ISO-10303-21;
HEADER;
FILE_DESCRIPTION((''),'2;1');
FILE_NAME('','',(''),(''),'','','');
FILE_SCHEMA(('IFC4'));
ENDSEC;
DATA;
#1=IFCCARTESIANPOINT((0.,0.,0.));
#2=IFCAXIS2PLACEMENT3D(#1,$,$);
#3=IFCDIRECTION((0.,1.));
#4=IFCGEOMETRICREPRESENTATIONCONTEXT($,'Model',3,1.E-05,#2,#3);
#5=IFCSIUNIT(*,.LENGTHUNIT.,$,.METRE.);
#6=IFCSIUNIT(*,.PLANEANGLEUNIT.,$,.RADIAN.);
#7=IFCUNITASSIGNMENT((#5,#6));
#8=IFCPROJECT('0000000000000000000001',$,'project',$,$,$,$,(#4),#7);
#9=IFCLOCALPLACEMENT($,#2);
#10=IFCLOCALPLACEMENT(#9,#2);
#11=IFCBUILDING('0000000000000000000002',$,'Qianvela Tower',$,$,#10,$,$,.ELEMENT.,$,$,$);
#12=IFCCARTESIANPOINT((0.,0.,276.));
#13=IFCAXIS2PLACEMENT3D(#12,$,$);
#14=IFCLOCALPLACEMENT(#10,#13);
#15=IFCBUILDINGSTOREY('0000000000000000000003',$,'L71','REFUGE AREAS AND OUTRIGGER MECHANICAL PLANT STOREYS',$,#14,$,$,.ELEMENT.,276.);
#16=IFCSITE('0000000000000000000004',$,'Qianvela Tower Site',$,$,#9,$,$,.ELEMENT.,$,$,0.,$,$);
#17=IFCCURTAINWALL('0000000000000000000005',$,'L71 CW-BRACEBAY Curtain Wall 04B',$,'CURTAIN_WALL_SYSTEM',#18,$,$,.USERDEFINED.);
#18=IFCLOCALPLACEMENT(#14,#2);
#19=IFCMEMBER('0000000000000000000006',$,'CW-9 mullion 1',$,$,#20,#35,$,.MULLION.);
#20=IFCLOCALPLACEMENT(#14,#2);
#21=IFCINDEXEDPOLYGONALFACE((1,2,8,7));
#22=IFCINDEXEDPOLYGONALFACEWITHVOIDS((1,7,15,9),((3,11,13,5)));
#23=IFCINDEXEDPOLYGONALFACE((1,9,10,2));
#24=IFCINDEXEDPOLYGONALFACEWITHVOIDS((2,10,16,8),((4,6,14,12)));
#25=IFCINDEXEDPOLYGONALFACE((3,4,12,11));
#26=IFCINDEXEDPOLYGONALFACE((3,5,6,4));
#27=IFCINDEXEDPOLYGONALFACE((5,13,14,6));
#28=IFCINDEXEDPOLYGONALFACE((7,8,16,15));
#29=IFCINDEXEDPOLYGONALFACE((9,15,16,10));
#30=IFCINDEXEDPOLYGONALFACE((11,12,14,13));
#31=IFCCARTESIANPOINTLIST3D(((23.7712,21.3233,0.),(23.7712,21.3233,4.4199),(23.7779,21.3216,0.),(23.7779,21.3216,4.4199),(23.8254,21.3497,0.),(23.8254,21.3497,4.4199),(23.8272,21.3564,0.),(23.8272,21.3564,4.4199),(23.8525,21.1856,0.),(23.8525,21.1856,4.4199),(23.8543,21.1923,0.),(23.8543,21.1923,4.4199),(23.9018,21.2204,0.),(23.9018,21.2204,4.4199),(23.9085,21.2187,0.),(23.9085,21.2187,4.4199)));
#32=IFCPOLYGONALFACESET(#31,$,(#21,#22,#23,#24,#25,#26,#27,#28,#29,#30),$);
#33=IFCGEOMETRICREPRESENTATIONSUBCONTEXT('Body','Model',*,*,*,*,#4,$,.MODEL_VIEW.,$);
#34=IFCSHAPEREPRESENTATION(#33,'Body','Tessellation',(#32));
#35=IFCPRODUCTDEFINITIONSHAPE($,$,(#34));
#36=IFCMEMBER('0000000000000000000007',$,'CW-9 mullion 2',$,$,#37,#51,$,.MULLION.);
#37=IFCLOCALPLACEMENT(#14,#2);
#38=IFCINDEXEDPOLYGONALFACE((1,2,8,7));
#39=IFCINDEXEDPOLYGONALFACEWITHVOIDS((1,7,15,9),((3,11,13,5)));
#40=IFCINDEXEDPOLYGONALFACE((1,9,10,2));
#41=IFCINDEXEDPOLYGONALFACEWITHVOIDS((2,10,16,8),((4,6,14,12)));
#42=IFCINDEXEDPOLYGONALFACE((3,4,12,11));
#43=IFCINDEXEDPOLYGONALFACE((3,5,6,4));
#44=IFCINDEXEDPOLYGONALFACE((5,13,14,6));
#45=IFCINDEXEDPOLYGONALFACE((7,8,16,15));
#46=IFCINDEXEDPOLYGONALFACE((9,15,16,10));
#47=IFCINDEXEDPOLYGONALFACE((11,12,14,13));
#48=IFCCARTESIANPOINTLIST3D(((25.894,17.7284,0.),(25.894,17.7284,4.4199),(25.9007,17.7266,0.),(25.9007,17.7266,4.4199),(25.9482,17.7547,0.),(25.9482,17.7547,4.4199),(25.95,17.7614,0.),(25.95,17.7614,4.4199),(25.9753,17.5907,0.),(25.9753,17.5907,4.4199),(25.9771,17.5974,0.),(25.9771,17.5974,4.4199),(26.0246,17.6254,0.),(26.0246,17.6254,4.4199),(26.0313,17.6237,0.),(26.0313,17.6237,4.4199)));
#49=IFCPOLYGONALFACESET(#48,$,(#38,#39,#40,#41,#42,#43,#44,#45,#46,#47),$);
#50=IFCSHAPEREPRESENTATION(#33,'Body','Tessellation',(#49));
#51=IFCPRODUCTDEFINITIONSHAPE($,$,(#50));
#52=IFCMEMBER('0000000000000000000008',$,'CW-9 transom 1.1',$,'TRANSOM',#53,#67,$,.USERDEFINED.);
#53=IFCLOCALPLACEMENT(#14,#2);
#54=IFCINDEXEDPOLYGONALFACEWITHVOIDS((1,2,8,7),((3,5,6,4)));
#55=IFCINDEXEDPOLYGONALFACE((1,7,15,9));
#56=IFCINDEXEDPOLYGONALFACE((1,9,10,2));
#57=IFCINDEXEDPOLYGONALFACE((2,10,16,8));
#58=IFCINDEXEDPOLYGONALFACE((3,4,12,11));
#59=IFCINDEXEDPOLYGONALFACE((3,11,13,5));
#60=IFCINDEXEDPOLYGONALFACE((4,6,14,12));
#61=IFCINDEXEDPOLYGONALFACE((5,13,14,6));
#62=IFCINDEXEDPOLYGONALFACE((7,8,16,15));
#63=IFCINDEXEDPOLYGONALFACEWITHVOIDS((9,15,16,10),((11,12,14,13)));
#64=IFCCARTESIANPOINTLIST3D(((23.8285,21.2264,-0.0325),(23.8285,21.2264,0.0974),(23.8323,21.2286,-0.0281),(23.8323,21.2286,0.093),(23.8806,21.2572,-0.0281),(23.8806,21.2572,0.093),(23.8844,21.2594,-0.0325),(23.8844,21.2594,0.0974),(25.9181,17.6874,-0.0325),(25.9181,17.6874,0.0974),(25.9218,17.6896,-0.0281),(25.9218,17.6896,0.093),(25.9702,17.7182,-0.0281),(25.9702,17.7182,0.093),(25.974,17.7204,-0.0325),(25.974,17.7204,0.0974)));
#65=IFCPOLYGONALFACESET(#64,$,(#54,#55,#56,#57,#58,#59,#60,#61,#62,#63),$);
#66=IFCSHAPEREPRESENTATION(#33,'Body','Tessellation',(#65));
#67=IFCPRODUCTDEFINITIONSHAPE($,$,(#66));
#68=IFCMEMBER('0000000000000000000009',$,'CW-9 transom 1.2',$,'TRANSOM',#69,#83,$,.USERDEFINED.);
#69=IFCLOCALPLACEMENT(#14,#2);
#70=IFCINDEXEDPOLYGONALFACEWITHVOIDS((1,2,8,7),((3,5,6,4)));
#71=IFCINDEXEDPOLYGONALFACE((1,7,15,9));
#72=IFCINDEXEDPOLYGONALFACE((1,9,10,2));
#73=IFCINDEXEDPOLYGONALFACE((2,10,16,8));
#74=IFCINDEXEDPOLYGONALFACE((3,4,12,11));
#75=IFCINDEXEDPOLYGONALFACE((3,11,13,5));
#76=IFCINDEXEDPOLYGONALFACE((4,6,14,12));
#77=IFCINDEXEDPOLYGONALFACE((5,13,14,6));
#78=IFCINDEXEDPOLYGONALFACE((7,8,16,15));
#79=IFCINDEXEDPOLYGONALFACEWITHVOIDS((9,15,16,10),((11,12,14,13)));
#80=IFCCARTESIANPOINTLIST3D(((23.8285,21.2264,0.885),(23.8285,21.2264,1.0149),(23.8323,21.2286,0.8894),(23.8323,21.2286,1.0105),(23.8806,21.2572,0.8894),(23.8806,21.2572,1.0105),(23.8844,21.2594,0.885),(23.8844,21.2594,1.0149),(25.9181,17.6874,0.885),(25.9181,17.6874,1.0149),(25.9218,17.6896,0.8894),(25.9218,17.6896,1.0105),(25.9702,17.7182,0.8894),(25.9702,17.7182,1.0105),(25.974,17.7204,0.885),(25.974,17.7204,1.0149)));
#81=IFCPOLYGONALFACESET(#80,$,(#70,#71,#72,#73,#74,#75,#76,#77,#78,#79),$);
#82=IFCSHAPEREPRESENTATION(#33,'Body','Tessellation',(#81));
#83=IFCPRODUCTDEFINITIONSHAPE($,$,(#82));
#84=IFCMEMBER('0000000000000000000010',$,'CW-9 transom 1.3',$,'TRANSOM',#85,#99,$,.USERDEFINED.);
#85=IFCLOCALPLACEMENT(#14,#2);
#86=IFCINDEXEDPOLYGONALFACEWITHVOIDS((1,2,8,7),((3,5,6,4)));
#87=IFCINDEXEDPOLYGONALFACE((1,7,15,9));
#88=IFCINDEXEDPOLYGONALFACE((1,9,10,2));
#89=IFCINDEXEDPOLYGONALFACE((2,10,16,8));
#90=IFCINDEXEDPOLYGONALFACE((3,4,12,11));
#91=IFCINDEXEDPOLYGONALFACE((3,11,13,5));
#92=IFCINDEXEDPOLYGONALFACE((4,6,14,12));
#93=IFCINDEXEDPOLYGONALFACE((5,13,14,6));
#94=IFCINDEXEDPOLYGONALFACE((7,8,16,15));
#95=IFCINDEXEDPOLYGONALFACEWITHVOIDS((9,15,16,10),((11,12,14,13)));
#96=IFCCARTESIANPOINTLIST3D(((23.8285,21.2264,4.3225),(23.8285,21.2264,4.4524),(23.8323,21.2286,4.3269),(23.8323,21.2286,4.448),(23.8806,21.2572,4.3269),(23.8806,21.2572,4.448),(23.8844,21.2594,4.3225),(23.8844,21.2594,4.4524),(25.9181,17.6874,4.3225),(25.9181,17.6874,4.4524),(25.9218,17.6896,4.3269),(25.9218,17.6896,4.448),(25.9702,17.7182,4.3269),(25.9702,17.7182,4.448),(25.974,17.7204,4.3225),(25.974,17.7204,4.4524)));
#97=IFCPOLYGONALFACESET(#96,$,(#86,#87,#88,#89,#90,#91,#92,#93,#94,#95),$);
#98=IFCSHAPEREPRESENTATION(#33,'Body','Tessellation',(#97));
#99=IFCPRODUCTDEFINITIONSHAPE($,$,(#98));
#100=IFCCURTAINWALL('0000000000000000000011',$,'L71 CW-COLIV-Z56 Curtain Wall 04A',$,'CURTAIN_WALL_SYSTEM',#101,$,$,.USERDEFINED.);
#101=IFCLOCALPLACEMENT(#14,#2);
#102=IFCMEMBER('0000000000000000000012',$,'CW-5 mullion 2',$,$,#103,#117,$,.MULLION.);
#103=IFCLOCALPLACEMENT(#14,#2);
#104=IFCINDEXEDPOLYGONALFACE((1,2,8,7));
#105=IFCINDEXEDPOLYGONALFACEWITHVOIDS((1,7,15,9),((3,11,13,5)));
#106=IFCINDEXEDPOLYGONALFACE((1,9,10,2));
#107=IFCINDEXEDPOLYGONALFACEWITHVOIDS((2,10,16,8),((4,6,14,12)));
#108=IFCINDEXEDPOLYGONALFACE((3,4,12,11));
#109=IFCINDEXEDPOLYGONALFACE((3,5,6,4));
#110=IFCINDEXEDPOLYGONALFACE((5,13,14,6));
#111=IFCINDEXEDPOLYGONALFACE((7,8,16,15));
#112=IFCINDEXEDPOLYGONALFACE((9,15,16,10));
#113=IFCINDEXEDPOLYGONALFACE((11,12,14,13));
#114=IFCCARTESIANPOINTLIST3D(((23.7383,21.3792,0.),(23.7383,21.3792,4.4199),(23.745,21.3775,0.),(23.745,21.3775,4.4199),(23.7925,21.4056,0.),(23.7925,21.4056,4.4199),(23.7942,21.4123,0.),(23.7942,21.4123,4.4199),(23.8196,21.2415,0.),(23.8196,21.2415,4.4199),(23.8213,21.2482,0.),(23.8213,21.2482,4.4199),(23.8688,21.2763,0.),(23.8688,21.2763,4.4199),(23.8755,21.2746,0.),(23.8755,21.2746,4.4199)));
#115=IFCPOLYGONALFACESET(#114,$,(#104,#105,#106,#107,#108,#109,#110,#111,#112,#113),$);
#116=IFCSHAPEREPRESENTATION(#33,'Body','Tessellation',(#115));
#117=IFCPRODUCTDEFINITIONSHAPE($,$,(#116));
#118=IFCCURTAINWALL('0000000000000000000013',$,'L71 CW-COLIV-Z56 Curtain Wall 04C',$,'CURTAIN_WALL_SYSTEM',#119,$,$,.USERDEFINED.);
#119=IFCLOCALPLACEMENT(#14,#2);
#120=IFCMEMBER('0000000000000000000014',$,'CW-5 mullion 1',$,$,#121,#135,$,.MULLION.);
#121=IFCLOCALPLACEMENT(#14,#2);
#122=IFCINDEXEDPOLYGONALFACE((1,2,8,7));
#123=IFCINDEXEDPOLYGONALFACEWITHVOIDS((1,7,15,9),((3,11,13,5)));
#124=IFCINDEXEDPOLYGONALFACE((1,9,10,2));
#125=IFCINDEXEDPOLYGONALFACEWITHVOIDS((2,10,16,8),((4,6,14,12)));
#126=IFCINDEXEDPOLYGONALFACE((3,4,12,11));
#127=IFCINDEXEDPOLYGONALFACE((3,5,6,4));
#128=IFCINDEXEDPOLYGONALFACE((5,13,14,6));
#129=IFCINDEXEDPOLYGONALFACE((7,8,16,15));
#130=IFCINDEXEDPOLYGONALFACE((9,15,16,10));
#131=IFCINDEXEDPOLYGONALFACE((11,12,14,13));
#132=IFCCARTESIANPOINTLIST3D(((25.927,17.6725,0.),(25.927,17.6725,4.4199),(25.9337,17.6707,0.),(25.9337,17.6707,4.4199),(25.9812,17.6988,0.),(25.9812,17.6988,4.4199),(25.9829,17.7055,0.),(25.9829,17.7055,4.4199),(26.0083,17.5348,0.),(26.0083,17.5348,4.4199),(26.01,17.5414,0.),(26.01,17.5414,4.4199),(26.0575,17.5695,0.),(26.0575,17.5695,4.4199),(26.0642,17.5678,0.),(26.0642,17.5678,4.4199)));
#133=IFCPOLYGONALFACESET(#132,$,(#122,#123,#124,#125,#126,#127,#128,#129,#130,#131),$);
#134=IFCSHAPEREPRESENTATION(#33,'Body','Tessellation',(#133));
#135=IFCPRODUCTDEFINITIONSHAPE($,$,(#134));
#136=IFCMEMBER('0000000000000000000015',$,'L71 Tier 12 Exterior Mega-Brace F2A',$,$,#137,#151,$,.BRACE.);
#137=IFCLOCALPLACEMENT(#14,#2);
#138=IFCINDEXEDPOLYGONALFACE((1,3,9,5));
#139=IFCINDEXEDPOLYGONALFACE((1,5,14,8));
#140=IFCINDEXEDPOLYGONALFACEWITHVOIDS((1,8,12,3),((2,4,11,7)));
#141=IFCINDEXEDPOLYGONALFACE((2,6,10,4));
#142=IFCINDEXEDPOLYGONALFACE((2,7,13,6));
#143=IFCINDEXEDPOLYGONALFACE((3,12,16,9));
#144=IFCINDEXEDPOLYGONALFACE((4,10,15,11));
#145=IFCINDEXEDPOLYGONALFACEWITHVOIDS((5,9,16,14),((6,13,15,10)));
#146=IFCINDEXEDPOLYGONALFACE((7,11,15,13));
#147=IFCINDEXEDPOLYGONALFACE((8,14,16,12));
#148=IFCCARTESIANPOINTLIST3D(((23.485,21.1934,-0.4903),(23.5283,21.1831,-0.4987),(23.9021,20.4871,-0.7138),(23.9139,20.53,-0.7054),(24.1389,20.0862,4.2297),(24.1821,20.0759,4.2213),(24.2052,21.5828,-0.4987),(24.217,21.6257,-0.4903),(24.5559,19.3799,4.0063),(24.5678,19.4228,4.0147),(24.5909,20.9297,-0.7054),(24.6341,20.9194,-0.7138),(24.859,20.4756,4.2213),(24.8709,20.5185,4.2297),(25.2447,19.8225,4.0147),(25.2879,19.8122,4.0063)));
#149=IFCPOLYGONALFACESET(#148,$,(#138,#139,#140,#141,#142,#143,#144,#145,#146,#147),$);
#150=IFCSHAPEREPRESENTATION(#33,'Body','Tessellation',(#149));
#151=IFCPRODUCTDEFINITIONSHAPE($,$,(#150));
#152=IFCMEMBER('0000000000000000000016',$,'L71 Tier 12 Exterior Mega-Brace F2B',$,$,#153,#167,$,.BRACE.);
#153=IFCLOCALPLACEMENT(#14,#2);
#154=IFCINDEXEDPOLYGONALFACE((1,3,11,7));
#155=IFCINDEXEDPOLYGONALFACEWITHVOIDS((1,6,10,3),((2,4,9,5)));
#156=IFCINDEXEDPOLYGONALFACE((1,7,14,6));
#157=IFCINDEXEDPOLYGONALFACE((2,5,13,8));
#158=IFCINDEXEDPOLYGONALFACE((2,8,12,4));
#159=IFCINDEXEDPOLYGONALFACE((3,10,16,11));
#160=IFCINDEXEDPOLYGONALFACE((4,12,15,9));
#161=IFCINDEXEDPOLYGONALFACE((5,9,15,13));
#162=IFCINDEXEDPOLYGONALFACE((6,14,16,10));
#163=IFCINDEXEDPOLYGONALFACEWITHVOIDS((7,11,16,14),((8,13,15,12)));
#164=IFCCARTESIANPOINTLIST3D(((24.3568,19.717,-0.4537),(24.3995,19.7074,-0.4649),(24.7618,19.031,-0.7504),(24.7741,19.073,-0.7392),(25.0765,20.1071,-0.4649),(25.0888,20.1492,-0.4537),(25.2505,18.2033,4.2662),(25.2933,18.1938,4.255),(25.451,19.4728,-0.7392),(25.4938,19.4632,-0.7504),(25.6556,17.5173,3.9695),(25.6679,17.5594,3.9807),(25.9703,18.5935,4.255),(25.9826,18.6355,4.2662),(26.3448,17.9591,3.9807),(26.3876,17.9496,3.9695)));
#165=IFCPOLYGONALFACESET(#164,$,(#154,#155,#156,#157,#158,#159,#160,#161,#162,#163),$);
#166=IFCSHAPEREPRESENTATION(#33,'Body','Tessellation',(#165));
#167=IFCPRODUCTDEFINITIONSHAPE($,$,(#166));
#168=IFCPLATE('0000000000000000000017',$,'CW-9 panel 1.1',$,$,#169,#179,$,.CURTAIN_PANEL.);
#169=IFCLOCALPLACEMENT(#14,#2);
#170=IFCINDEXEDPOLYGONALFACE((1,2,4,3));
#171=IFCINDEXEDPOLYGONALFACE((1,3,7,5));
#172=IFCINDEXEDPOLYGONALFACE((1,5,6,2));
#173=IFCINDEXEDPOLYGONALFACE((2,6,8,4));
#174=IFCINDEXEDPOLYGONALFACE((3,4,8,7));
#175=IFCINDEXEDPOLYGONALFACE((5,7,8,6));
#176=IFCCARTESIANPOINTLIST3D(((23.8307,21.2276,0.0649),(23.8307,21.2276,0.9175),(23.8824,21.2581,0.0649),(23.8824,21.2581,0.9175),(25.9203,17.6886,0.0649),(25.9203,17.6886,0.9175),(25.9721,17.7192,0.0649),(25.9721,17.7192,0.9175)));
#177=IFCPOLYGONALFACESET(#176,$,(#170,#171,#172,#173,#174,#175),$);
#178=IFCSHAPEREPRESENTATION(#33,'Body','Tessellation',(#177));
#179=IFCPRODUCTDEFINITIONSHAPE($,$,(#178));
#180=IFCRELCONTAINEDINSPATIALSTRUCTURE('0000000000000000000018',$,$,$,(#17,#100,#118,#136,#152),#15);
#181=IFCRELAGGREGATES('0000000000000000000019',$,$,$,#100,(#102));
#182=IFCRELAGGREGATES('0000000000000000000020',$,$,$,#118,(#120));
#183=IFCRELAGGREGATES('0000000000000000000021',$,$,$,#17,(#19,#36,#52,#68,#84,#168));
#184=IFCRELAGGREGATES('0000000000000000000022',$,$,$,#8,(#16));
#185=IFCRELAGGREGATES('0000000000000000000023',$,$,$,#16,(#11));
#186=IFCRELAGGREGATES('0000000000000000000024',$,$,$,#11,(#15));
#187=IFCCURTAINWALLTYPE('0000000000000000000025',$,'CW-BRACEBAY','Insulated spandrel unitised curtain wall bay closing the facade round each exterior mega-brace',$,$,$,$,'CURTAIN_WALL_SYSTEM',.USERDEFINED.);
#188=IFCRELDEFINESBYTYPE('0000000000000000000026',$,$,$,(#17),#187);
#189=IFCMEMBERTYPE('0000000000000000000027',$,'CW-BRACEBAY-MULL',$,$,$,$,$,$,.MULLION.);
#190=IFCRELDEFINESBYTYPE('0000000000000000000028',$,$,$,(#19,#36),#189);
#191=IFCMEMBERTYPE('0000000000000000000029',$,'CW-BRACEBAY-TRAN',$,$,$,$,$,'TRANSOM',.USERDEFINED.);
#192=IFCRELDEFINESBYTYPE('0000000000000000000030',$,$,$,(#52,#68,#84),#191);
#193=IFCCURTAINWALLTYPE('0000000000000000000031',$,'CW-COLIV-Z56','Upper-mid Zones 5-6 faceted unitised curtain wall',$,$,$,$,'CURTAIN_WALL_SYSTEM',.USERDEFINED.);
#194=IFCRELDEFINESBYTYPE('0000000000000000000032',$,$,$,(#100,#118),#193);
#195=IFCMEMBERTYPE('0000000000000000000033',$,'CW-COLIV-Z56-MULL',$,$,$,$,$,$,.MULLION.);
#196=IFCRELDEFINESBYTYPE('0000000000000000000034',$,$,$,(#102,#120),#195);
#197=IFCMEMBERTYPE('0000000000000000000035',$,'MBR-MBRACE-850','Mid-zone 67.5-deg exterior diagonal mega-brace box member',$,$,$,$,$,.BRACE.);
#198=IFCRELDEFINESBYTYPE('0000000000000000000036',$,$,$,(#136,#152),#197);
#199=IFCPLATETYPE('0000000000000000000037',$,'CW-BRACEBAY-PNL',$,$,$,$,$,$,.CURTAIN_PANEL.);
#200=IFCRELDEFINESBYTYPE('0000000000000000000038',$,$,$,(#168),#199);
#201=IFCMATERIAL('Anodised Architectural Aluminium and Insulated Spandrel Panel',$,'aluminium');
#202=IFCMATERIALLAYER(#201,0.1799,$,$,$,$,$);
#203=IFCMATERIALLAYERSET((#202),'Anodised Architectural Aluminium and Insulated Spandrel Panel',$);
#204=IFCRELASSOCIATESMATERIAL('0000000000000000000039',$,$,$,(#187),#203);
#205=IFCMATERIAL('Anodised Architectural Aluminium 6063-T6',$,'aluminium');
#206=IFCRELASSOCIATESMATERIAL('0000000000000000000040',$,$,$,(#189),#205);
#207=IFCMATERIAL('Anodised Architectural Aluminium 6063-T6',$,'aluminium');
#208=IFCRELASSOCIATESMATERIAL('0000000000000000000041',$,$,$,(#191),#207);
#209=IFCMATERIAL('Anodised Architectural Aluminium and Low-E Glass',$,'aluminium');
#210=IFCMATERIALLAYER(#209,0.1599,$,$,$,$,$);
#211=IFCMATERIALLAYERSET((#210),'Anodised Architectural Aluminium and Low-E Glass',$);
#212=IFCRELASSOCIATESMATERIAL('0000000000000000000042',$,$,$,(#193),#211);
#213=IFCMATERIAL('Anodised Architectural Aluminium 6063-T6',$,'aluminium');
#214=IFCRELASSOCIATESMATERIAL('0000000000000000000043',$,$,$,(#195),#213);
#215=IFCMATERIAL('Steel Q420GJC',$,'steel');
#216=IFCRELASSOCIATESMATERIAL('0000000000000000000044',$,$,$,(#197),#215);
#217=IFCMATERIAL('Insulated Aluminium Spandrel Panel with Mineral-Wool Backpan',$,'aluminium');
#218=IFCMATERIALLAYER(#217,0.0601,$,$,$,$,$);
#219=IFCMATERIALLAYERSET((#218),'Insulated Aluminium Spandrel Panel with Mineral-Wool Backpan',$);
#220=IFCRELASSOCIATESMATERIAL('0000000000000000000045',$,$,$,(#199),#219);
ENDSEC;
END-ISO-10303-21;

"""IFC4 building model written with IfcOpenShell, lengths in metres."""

from ifc_helpers import new_model, si_unit, direction, frame, origin, origin_2d, place, context, subcontext, project, spatial, rectangle, hollow_rectangle, extrude, material, layer, layer_set, material_profile, profile_set, type_object, element, aggregate, save


model = new_model("IFC4")

# Units and contexts
model_context = context("Model", 3, precision=1e-05, world=origin(), true_north=direction((0.0, 1.0)))
body_context = subcontext(model_context, "Body", "Model", "MODEL_VIEW")
ifc_project = project(units=[si_unit("LENGTHUNIT", "METRE"), si_unit("PLANEANGLEUNIT", "RADIAN")], contexts=[model_context])

# Site, building, storey
site_placement = place(None, origin())
site = spatial("IfcSite", under=ifc_project, at=site_placement, Name="Qianvela Tower Site", CompositionType="ELEMENT", RefElevation=0.0)
building_placement = place(site_placement, origin())
building = spatial("IfcBuilding", under=site, at=building_placement, Name="Qianvela Tower", CompositionType="ELEMENT")
storey_placement = place(building_placement, frame((0.0, 0.0, 276.0)))
storey = spatial("IfcBuildingStorey", under=building, at=storey_placement, Name="L71", Description="REFUGE AREAS AND OUTRIGGER MECHANICAL PLANT STOREYS", CompositionType="ELEMENT", Elevation=276.0)

# Curtain wall, members
ifc_material_1 = material(Name="Anodised Architectural Aluminium and Insulated Spandrel Panel", Category="aluminium")
ifc_layer_1 = layer(ifc_material_1, 0.1799)
ifc_layer_set_1 = layer_set([ifc_layer_1], Name="Anodised Architectural Aluminium and Insulated Spandrel Panel")
curtain_wall_type_1 = type_object("IfcCurtainWallType", Name="CW-BRACEBAY", Description="Insulated spandrel unitised curtain wall bay closing the facade round each exterior mega-brace", ElementType="CURTAIN_WALL_SYSTEM", PredefinedType="USERDEFINED", material=ifc_layer_set_1)
curtain_wall_1_placement = place(storey_placement, origin())
curtain_wall_1 = element("IfcCurtainWall", 1, at=curtain_wall_1_placement, inside=storey, type_object=curtain_wall_type_1, Name="L71 CW-BRACEBAY Curtain Wall 04B", ObjectType="CURTAIN_WALL_SYSTEM", PredefinedType="USERDEFINED")
ifc_material_2 = material(Name="Anodised Architectural Aluminium 6063-T6", Category="aluminium")
ifc_material_profile_1 = material_profile(ifc_material_2, hollow_rectangle(XDim=0.0649, YDim=0.1599, WallThickness=0.0049, at=origin_2d()), Name="ALU-MULL-65x160")
ifc_profile_set_1 = profile_set([ifc_material_profile_1], Name="Anodised Architectural Aluminium 6063-T6")
member_type_1 = type_object("IfcMemberType", Name="CW-BRACEBAY-MULL", PredefinedType="MULLION", material=ifc_profile_set_1)
member_1_placement = place(storey_placement, frame((23.8398, 21.271, 0.0), z_axis=(0.0, 0.0, 1.0), x_axis=(0.861093, 0.508448, 0.0)))
member_1 = element("IfcMember", 2, at=member_1_placement, type_object=member_type_1, Name="CW-9 mullion 1", PredefinedType="MULLION", context=body_context, shape_type="SweptSolid", body=[
    extrude(hollow_rectangle(XDim=0.0649, YDim=0.1599, WallThickness=0.0049, at=origin_2d()), origin(), (0.0, 0.0, 1.0), 4.4199),
])
member_2_placement = place(storey_placement, frame((25.9626, 17.676, 0.0), z_axis=(0.0, 0.0, 1.0), x_axis=(0.861093, 0.508448, 0.0)))
member_2 = element("IfcMember", 3, at=member_2_placement, type_object=member_type_1, Name="CW-9 mullion 2", PredefinedType="MULLION", context=body_context, shape_type="SweptSolid", body=[
    extrude(hollow_rectangle(XDim=0.0649, YDim=0.1599, WallThickness=0.0049, at=origin_2d()), origin(), (0.0, 0.0, 1.0), 4.4199),
])
ifc_material_3 = material(Name="Anodised Architectural Aluminium 6063-T6", Category="aluminium")
ifc_material_profile_2 = material_profile(ifc_material_3, hollow_rectangle(XDim=0.0649, YDim=0.1299, WallThickness=0.0044, at=origin_2d()), Name="ALU-TRAN-65x130")
ifc_profile_set_2 = profile_set([ifc_material_profile_2], Name="Anodised Architectural Aluminium 6063-T6")
member_type_2 = type_object("IfcMemberType", Name="CW-BRACEBAY-TRAN", ElementType="TRANSOM", PredefinedType="USERDEFINED", material=ifc_profile_set_2)
member_3_placement = place(storey_placement, frame((23.8564, 21.2429, 0.0325), z_axis=(0.508429, -0.861104, 0.0), x_axis=(0.861104, 0.508429, 0.0)))
member_3 = element("IfcMember", 4, at=member_3_placement, type_object=member_type_2, Name="CW-9 transom 1.1", ObjectType="TRANSOM", PredefinedType="USERDEFINED", context=body_context, shape_type="SweptSolid", body=[
    extrude(hollow_rectangle(XDim=0.0649, YDim=0.1299, WallThickness=0.0044, at=origin_2d()), origin(), (0.0, 0.0, 1.0), 4.1099),
])
member_4_placement = place(storey_placement, frame((23.8564, 21.2429, 0.95), z_axis=(0.508429, -0.861104, 0.0), x_axis=(0.861104, 0.508429, 0.0)))
member_4 = element("IfcMember", 5, at=member_4_placement, type_object=member_type_2, Name="CW-9 transom 1.2", ObjectType="TRANSOM", PredefinedType="USERDEFINED", context=body_context, shape_type="SweptSolid", body=[
    extrude(hollow_rectangle(XDim=0.0649, YDim=0.1299, WallThickness=0.0044, at=origin_2d()), origin(), (0.0, 0.0, 1.0), 4.1099),
])
member_5_placement = place(storey_placement, frame((23.8564, 21.2429, 4.3875), z_axis=(0.508429, -0.861104, 0.0), x_axis=(0.861104, 0.508429, 0.0)))
member_5 = element("IfcMember", 6, at=member_5_placement, type_object=member_type_2, Name="CW-9 transom 1.3", ObjectType="TRANSOM", PredefinedType="USERDEFINED", context=body_context, shape_type="SweptSolid", body=[
    extrude(hollow_rectangle(XDim=0.0649, YDim=0.1299, WallThickness=0.0044, at=origin_2d()), origin(), (0.0, 0.0, 1.0), 4.1099),
])

# Curtain walls, members
ifc_material_4 = material(Name="Anodised Architectural Aluminium and Low-E Glass", Category="aluminium")
ifc_layer_2 = layer(ifc_material_4, 0.1599)
ifc_layer_set_2 = layer_set([ifc_layer_2], Name="Anodised Architectural Aluminium and Low-E Glass")
curtain_wall_type_2 = type_object("IfcCurtainWallType", Name="CW-COLIV-Z56", Description="Upper-mid Zones 5-6 faceted unitised curtain wall", ElementType="CURTAIN_WALL_SYSTEM", PredefinedType="USERDEFINED", material=ifc_layer_set_2)
curtain_wall_2_placement = place(storey_placement, origin())
curtain_wall_2 = element("IfcCurtainWall", 7, at=curtain_wall_2_placement, inside=storey, type_object=curtain_wall_type_2, Name="L71 CW-COLIV-Z56 Curtain Wall 04A", ObjectType="CURTAIN_WALL_SYSTEM", PredefinedType="USERDEFINED")
ifc_material_5 = material(Name="Anodised Architectural Aluminium 6063-T6", Category="aluminium")
ifc_material_profile_3 = material_profile(ifc_material_5, hollow_rectangle(XDim=0.0649, YDim=0.1599, WallThickness=0.0049, at=origin_2d()), Name="ALU-MULL-65x160")
ifc_profile_set_3 = profile_set([ifc_material_profile_3], Name="Anodised Architectural Aluminium 6063-T6")
member_type_3 = type_object("IfcMemberType", Name="CW-COLIV-Z56-MULL", PredefinedType="MULLION", material=ifc_profile_set_3)
member_6_placement = place(storey_placement, frame((23.8069, 21.3269, 0.0), z_axis=(0.0, 0.0, 1.0), x_axis=(0.861097, 0.508441, 0.0)))
member_6 = element("IfcMember", 8, at=member_6_placement, type_object=member_type_3, Name="CW-5 mullion 2", PredefinedType="MULLION", context=body_context, shape_type="SweptSolid", body=[
    extrude(hollow_rectangle(XDim=0.0649, YDim=0.1599, WallThickness=0.0049, at=origin_2d()), origin(), (0.0, 0.0, 1.0), 4.4199),
])
aggregate(curtain_wall_2, [member_6])
curtain_wall_3_placement = place(storey_placement, origin())
curtain_wall_3 = element("IfcCurtainWall", 9, at=curtain_wall_3_placement, inside=storey, type_object=curtain_wall_type_2, Name="L71 CW-COLIV-Z56 Curtain Wall 04C", ObjectType="CURTAIN_WALL_SYSTEM", PredefinedType="USERDEFINED")
member_7_placement = place(storey_placement, frame((25.9956, 17.6201, 0.0), z_axis=(0.0, 0.0, 1.0), x_axis=(0.861095, 0.508444, 0.0)))
member_7 = element("IfcMember", 10, at=member_7_placement, type_object=member_type_3, Name="CW-5 mullion 1", PredefinedType="MULLION", context=body_context, shape_type="SweptSolid", body=[
    extrude(hollow_rectangle(XDim=0.0649, YDim=0.1599, WallThickness=0.0049, at=origin_2d()), origin(), (0.0, 0.0, 1.0), 4.4199),
])
aggregate(curtain_wall_3, [member_7])

# Members
ifc_material_6 = material(Name="Steel Q420GJC", Category="steel")
ifc_material_profile_4 = material_profile(ifc_material_6, hollow_rectangle(XDim=0.8501, YDim=0.8501, WallThickness=0.032, at=origin_2d()), Name="MBOX-850x850x32")
ifc_profile_set_4 = profile_set([ifc_material_profile_4], Name="Steel Q420GJC")
member_type_4 = type_object("IfcMemberType", Name="MBR-MBRACE-850", Description="Mid-zone 67.5-deg exterior diagonal mega-brace box member", PredefinedType="BRACE", material=ifc_profile_set_4)
member_8_placement = place(storey_placement, frame((24.0596, 21.0564, -0.6021), z_axis=(0.133649, -0.226325, 0.964839), x_axis=(0.861074, 0.50848, 0.0)))
element("IfcMember", 11, at=member_8_placement, inside=storey, type_object=member_type_4, Name="L71 Tier 12 Exterior Mega-Brace F2A", PredefinedType="BRACE", context=body_context, shape_type="SweptSolid", body=[
    extrude(hollow_rectangle(XDim=0.8501, YDim=0.8501, WallThickness=0.032, at=origin_2d()), origin(), (0.0, 0.0, 1.0), 4.8921),
])
member_9_placement = place(storey_placement, frame((24.9253, 19.5901, -0.6021), z_axis=(0.177458, -0.300529, 0.937118), x_axis=(0.861087, 0.508458, 0.0)))
element("IfcMember", 12, at=member_9_placement, inside=storey, type_object=member_type_4, Name="L71 Tier 12 Exterior Mega-Brace F2B", PredefinedType="BRACE", context=body_context, shape_type="SweptSolid", body=[
    extrude(hollow_rectangle(XDim=0.8501, YDim=0.8501, WallThickness=0.032, at=origin_2d()), origin(), (0.0, 0.0, 1.0), 5.0366),
])

# Plate
ifc_material_7 = material(Name="Insulated Aluminium Spandrel Panel with Mineral-Wool Backpan", Category="aluminium")
ifc_layer_3 = layer(ifc_material_7, 0.0601)
ifc_layer_set_3 = layer_set([ifc_layer_3], Name="Insulated Aluminium Spandrel Panel with Mineral-Wool Backpan")
plate_type_1 = type_object("IfcPlateType", Name="CW-BRACEBAY-PNL", PredefinedType="CURTAIN_PANEL", material=ifc_layer_set_3)
plate_1_placement = place(storey_placement, frame((24.9014, 19.4734, 0.0649), z_axis=(0.0, 0.0, 1.0), x_axis=(0.508448, -0.861093, 0.0)))
plate_1 = element("IfcPlate", 13, at=plate_1_placement, type_object=plate_type_1, Name="CW-9 panel 1.1", PredefinedType="CURTAIN_PANEL", context=body_context, shape_type="SweptSolid", body=[
    extrude(rectangle(XDim=4.1099, YDim=0.0601, at=origin_2d()), origin(), (0.0, 0.0, 1.0), 0.8525),
])
aggregate(curtain_wall_1, [member_1, member_2, member_3, member_4, member_5, plate_1])

save(model, "model.ifc")
